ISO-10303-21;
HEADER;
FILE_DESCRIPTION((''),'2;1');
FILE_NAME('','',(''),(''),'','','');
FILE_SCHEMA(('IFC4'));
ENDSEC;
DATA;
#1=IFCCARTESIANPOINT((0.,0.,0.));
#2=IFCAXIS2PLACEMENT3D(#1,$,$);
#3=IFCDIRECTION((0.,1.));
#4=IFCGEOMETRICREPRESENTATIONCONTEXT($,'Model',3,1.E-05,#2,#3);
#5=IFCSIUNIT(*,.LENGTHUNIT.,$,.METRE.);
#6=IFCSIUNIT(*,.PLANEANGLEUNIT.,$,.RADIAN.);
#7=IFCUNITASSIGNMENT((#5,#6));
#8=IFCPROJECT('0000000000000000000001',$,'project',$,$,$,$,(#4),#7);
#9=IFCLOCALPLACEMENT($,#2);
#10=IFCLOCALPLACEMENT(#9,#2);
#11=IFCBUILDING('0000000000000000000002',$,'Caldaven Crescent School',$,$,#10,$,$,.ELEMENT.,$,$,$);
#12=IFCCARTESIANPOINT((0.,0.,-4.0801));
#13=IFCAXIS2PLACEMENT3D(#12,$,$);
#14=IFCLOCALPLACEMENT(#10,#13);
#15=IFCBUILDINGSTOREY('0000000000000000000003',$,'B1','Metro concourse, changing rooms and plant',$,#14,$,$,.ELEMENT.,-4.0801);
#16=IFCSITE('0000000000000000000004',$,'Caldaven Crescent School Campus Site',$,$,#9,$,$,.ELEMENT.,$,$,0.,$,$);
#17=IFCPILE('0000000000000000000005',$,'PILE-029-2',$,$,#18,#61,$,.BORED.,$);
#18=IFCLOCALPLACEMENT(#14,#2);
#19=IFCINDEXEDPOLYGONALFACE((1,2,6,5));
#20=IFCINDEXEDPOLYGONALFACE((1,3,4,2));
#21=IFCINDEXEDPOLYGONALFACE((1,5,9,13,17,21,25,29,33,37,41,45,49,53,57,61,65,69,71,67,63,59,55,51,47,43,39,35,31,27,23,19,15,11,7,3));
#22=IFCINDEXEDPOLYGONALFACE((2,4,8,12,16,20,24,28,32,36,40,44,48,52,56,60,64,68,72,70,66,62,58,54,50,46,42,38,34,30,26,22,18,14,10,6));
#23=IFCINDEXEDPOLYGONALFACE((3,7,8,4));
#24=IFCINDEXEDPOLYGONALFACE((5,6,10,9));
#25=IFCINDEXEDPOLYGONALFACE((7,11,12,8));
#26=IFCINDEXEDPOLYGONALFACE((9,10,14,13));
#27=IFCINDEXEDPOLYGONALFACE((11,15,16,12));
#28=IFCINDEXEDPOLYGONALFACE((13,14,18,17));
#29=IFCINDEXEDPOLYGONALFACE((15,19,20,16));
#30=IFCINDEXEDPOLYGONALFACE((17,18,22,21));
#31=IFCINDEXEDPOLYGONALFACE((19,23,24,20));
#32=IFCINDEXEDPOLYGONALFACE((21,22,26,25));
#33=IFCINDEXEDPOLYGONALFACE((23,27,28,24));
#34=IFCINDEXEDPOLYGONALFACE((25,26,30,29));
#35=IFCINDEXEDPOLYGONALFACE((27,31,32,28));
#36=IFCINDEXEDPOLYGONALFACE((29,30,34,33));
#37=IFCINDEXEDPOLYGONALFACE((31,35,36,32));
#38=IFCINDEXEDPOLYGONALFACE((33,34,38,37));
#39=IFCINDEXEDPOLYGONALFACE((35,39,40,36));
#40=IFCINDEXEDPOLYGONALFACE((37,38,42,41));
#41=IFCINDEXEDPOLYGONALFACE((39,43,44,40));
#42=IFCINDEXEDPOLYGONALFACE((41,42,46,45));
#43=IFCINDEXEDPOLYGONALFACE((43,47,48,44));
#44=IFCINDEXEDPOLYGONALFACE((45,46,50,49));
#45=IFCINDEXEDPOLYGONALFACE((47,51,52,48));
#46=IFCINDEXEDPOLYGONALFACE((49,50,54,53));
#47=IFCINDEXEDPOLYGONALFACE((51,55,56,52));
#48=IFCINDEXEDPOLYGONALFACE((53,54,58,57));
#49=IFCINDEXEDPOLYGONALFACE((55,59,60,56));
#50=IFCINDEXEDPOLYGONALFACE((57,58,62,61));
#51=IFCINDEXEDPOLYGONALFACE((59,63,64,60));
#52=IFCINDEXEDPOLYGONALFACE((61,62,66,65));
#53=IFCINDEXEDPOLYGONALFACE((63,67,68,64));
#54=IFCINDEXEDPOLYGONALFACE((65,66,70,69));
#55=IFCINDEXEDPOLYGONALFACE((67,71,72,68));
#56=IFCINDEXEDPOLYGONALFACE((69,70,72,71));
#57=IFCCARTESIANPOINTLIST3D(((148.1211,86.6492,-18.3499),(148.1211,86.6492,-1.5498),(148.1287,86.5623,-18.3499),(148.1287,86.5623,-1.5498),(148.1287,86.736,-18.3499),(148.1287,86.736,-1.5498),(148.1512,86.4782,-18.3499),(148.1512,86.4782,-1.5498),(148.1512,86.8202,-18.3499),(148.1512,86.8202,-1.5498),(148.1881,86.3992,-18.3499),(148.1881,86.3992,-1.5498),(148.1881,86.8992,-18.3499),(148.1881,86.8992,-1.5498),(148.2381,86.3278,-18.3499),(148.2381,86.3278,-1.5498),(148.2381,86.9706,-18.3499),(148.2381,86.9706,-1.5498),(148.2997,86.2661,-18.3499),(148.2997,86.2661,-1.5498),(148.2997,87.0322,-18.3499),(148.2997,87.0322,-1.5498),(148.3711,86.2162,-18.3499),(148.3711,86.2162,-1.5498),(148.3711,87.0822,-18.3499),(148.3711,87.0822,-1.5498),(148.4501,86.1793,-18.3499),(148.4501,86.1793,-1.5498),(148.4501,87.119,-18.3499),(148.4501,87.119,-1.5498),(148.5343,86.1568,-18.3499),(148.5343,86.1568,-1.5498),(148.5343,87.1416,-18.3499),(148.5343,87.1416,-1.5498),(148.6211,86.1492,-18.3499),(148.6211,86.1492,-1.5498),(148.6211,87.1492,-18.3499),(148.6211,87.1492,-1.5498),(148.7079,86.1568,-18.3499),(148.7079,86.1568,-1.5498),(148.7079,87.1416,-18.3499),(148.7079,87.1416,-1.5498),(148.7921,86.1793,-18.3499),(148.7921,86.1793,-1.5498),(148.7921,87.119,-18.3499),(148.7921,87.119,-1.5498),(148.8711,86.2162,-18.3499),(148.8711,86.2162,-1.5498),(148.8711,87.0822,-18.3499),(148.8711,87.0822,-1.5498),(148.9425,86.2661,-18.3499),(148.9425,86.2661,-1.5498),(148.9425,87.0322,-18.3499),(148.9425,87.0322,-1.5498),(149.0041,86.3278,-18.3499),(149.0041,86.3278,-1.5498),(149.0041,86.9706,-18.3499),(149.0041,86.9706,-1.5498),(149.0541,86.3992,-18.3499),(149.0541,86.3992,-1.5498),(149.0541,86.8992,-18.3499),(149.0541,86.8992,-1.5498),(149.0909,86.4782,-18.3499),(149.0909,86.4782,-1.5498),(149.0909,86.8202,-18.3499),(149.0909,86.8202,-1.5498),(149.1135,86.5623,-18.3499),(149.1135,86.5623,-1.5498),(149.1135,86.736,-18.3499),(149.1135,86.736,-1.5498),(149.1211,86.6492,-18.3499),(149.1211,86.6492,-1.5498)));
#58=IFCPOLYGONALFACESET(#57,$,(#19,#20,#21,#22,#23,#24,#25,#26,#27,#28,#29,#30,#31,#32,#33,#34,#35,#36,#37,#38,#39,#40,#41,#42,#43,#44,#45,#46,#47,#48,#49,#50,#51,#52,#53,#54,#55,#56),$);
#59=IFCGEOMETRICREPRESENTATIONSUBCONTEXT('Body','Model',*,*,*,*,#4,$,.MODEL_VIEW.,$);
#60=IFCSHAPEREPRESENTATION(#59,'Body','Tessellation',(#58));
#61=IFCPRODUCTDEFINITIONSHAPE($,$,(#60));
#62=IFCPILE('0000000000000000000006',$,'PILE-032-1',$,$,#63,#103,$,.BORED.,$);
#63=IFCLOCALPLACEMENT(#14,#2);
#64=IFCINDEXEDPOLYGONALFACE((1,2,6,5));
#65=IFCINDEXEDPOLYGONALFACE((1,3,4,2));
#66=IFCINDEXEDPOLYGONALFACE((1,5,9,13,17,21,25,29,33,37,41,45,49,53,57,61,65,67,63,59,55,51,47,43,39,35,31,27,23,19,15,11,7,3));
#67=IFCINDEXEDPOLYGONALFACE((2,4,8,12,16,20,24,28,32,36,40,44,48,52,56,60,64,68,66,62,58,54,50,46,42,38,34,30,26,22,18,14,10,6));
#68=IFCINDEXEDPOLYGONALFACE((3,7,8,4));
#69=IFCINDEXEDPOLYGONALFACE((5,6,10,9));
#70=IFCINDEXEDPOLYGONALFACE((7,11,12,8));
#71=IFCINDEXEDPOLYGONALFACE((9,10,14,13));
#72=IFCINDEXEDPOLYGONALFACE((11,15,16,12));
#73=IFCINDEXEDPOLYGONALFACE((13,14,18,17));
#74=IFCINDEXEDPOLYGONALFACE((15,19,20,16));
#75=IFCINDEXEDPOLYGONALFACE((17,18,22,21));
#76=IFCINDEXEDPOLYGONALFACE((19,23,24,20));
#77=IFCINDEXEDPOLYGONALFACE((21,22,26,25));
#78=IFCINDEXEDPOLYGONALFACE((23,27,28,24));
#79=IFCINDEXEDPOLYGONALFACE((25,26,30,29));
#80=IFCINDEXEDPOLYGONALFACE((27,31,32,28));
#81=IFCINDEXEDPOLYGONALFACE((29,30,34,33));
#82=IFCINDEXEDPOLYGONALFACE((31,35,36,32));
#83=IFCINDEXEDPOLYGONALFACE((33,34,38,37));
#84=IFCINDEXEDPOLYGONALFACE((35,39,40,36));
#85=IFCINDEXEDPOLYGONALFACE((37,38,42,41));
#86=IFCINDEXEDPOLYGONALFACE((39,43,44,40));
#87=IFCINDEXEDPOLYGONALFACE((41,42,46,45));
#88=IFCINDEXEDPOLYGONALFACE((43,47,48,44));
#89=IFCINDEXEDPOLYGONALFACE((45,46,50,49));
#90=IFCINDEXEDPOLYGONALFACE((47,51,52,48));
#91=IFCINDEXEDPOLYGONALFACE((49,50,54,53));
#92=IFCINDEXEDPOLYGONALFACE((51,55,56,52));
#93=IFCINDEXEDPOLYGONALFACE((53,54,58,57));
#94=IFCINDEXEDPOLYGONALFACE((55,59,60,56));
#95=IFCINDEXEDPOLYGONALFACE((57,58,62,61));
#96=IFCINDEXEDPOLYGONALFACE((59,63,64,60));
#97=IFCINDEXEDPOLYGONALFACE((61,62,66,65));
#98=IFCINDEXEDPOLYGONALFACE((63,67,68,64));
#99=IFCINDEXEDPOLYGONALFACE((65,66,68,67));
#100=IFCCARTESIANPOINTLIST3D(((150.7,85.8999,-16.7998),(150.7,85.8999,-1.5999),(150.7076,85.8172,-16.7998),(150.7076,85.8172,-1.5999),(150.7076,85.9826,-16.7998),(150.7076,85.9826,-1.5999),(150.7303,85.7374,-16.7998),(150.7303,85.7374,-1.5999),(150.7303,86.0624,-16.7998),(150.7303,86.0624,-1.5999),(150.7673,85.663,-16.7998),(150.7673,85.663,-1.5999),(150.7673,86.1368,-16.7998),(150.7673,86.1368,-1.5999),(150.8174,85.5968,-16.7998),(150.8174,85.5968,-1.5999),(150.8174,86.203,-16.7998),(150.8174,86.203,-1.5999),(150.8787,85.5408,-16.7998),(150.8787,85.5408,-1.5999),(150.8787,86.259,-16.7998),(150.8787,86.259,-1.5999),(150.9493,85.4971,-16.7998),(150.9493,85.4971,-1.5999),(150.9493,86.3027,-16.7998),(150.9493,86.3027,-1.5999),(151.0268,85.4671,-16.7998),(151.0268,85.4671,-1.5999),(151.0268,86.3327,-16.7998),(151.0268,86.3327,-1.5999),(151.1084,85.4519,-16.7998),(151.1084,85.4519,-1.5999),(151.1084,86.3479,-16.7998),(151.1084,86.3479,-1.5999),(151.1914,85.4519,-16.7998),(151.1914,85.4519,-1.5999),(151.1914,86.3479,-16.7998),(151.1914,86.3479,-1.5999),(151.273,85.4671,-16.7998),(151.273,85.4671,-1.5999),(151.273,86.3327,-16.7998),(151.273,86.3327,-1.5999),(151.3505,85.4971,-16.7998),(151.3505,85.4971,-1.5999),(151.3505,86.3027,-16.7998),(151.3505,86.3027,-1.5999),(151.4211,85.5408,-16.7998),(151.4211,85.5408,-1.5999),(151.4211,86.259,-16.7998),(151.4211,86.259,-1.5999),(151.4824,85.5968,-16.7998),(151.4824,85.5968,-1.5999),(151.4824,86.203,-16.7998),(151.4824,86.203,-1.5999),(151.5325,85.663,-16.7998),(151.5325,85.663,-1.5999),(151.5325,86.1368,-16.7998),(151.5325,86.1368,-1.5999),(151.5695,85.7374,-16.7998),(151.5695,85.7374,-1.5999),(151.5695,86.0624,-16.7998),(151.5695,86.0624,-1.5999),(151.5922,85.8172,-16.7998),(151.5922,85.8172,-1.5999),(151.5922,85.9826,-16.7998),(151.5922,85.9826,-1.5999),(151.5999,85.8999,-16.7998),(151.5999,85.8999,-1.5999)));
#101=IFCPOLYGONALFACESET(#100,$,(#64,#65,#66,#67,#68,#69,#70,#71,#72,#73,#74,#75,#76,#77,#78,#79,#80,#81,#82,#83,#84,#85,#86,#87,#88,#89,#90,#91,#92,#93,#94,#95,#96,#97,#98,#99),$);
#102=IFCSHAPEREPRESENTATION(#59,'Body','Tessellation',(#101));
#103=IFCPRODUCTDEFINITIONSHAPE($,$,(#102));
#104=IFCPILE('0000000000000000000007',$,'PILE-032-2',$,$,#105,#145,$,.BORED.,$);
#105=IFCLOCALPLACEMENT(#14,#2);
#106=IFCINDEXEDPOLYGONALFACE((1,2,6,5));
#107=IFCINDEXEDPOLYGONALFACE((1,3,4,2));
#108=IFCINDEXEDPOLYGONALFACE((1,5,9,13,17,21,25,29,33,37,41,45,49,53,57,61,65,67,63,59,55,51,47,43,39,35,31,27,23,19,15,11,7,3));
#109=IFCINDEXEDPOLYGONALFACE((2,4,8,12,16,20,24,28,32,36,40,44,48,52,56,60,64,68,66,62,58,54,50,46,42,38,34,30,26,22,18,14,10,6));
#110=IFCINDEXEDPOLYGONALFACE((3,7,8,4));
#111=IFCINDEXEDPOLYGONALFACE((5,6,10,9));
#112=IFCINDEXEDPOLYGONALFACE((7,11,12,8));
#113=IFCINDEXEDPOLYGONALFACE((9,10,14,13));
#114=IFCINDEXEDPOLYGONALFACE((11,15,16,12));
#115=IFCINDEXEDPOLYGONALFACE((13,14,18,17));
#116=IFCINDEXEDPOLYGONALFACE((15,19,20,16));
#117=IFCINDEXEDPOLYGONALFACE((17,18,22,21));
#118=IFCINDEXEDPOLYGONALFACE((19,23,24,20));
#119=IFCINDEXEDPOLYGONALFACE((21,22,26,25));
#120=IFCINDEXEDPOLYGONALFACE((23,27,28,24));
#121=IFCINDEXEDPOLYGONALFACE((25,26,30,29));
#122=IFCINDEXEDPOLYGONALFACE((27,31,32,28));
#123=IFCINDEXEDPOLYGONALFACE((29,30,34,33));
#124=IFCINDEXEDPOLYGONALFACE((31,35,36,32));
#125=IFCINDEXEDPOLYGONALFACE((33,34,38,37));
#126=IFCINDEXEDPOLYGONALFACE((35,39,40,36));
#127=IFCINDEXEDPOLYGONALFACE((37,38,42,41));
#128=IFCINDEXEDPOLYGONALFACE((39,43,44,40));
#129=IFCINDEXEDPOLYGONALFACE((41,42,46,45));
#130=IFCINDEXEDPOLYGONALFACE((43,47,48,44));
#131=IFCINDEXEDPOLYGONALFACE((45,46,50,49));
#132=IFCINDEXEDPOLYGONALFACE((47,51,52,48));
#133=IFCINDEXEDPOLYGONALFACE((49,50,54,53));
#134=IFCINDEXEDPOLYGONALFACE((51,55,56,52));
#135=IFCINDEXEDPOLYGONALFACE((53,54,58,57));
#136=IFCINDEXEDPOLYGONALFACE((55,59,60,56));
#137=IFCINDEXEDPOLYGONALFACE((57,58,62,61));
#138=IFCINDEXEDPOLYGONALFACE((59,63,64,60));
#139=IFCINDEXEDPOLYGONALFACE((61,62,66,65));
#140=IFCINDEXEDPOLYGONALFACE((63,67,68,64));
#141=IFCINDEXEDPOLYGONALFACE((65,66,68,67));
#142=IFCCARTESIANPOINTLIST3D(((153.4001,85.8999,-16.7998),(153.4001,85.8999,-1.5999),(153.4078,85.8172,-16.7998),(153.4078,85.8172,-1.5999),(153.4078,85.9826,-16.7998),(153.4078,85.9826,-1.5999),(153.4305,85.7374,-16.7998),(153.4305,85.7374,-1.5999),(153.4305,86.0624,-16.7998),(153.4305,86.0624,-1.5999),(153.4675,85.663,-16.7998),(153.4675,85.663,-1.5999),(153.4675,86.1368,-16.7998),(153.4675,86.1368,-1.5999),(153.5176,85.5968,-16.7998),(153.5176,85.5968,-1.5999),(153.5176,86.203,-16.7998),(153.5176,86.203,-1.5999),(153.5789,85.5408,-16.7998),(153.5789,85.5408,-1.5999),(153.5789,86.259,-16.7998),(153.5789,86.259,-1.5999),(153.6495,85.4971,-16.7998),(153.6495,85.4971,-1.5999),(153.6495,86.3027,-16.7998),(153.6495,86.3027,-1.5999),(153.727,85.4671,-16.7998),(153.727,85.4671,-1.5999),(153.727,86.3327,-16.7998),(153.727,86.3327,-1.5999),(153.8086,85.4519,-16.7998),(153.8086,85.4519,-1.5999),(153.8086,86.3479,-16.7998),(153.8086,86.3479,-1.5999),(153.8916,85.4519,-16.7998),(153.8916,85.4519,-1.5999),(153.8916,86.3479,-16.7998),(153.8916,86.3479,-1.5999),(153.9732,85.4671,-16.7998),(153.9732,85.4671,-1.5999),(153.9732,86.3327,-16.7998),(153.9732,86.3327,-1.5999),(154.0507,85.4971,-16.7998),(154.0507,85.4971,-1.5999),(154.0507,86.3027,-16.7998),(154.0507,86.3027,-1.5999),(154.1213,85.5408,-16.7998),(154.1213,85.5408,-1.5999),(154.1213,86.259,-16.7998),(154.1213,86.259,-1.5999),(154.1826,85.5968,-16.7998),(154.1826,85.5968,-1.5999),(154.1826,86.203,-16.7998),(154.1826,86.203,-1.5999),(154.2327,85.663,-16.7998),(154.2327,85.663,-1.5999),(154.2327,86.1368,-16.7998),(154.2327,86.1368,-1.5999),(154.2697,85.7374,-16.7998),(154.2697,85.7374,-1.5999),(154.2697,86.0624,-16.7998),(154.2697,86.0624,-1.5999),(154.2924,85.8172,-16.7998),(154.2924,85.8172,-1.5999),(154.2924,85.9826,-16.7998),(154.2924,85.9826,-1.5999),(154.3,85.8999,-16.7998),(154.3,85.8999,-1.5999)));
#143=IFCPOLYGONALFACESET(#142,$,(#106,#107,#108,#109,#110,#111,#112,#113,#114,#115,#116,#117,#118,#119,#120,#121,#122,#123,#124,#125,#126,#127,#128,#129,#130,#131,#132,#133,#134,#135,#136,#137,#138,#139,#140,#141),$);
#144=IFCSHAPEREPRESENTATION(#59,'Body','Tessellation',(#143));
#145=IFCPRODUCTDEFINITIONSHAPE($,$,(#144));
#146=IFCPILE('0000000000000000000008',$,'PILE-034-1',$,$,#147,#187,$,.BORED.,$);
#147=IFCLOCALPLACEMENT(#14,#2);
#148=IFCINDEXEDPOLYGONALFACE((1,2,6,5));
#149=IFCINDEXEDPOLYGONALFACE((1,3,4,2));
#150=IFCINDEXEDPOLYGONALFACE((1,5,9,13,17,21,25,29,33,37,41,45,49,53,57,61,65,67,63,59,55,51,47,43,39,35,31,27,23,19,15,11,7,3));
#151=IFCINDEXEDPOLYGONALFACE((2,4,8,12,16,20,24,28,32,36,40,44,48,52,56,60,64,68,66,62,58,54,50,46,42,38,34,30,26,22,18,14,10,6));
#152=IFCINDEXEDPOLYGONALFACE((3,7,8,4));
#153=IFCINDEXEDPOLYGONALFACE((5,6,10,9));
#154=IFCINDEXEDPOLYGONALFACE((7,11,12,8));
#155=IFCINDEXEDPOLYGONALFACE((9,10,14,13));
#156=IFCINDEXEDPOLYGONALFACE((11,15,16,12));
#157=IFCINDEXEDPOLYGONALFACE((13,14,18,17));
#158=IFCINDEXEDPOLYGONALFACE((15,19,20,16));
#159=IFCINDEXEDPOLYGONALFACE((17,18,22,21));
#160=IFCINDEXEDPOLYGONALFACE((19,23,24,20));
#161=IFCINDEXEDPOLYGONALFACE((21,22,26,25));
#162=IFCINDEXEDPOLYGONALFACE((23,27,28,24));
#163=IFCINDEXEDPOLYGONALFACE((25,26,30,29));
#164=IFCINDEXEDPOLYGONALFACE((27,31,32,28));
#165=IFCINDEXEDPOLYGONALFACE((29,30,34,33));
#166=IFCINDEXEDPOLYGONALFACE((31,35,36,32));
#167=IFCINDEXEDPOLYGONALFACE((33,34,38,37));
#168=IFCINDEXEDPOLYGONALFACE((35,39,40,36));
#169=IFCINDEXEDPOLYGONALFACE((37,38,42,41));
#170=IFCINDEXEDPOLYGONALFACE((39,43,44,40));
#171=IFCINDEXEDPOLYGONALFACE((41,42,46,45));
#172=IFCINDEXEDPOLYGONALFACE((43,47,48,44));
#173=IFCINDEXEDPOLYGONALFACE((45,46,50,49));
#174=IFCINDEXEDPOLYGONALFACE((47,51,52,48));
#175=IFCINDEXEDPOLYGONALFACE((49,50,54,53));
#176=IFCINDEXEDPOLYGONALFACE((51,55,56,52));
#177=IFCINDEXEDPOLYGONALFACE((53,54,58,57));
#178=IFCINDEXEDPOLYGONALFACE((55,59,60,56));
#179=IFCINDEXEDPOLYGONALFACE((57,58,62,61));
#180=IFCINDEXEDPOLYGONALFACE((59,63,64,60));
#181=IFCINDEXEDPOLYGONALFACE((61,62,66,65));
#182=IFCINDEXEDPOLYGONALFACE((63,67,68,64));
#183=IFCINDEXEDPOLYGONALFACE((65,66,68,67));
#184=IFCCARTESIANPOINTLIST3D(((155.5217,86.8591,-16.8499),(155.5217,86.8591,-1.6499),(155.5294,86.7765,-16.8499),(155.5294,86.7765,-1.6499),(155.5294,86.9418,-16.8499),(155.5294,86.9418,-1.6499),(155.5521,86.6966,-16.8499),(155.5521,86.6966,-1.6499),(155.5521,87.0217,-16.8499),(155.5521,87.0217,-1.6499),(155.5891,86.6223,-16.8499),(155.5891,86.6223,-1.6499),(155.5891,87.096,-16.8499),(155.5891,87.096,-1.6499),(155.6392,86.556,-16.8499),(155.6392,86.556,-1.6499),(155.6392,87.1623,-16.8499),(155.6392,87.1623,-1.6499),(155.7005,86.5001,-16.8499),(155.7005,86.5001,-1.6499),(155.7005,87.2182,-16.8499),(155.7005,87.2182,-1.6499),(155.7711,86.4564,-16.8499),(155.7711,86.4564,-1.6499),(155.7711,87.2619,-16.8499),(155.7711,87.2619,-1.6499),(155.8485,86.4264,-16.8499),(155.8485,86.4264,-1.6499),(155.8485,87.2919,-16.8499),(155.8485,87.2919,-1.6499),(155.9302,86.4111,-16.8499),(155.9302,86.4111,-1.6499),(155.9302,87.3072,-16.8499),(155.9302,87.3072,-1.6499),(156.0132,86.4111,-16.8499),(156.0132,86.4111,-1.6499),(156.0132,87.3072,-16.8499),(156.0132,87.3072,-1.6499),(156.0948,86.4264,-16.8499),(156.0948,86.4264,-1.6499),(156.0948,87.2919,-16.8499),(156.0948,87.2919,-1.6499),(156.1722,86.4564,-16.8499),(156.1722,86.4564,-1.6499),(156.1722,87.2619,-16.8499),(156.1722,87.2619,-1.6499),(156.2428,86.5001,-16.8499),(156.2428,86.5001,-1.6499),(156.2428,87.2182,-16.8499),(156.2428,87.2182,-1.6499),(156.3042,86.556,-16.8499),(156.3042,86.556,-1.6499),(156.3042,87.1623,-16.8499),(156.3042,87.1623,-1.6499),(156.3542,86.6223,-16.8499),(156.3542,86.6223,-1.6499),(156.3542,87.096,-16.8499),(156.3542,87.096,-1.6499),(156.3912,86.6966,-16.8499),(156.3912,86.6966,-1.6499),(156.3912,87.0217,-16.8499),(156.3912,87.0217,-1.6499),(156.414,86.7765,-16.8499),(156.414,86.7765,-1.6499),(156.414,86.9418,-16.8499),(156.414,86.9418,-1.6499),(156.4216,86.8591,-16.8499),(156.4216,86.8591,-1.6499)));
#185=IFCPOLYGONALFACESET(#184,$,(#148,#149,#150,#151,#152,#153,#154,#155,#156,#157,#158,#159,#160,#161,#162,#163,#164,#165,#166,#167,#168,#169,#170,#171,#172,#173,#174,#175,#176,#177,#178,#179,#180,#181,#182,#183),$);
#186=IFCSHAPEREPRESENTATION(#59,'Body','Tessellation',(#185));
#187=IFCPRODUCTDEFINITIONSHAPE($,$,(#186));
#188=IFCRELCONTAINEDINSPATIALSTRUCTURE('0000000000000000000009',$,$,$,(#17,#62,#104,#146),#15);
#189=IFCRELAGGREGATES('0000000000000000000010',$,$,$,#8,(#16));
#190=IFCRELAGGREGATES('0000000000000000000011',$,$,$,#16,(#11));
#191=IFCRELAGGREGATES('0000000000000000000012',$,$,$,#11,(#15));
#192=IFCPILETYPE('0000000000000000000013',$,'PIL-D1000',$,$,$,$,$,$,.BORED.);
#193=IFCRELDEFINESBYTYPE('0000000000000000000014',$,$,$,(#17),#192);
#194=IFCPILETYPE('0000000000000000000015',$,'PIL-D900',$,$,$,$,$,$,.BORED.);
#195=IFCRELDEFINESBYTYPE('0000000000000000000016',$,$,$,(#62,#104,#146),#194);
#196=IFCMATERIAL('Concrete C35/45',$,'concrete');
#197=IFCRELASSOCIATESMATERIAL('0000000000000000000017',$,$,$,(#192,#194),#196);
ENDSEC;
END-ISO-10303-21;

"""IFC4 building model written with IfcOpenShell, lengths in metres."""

from ifc_helpers import new_model, si_unit, direction, frame, origin, origin_2d, place, context, subcontext, project, spatial, circle, extrude, material, material_profile, profile_set, type_object, element, save


model = new_model("IFC4")

# Units and contexts
model_context = context("Model", 3, precision=1e-05, world=origin(), true_north=direction((0.0, 1.0)))
body_context = subcontext(model_context, "Body", "Model", "MODEL_VIEW")
ifc_project = project(units=[si_unit("LENGTHUNIT", "METRE"), si_unit("PLANEANGLEUNIT", "RADIAN")], contexts=[model_context])

# Site, building, storey
site_placement = place(None, origin())
site = spatial("IfcSite", under=ifc_project, at=site_placement, Name="Caldaven Crescent School Campus Site", CompositionType="ELEMENT", RefElevation=0.0)
building_placement = place(site_placement, origin())
building = spatial("IfcBuilding", under=site, at=building_placement, Name="Caldaven Crescent School", CompositionType="ELEMENT")
storey_placement = place(building_placement, frame((0.0, 0.0, -4.0801)))
storey = spatial("IfcBuildingStorey", under=building, at=storey_placement, Name="B1", Description="Metro concourse, changing rooms and plant", CompositionType="ELEMENT", Elevation=-4.0801)

# Shared definitions
ifc_material_1 = material(Name="Concrete C35/45", Category="concrete")

# Piles
ifc_material_profile_1 = material_profile(ifc_material_1, circle(Radius=0.5, at=origin_2d()), Name="PILE D1000")
ifc_profile_set_1 = profile_set([ifc_material_profile_1], Name="Concrete C35/45")
pile_type_1 = type_object("IfcPileType", Name="PIL-D1000", PredefinedType="BORED", material=ifc_profile_set_1)
for number, where, z_axis, x_axis, name in (
    (1, (148.6211, 86.6492, -1.5498), (0.0, 0.0, -1.0), (1.0, 0.0, 0.0), "PILE-029-2"),
):
    element("IfcPile", number, at=place(storey_placement, frame(where, z_axis=z_axis, x_axis=x_axis)), inside=storey, type_object=pile_type_1, Name=name, PredefinedType="BORED", context=body_context, shape_type="SweptSolid", body=[
        extrude(circle(Radius=0.5, at=origin_2d()), origin(), (0.0, 0.0, 1.0), 16.8),
    ])
ifc_material_profile_2 = material_profile(ifc_material_1, circle(Radius=0.45, at=origin_2d()), Name="PILE D900")
ifc_profile_set_2 = profile_set([ifc_material_profile_2], Name="Concrete C35/45")
pile_type_2 = type_object("IfcPileType", Name="PIL-D900", PredefinedType="BORED", material=ifc_profile_set_2)
for number, where, z_axis, x_axis, name in (
    (2, (151.1499, 85.8999, -1.5999), (0.0, 0.0, -1.0), (1.0, 0.0, 0.0), "PILE-032-1"),
    (3, (153.8501, 85.8999, -1.5999), (0.0, 0.0, -1.0), (1.0, 0.0, 0.0), "PILE-032-2"),
    (4, (155.9717, 86.8591, -1.6499), (0.0, 0.0, -1.0), (1.0, 0.0, 0.0), "PILE-034-1"),
):
    element("IfcPile", number, at=place(storey_placement, frame(where, z_axis=z_axis, x_axis=x_axis)), inside=storey, type_object=pile_type_2, Name=name, PredefinedType="BORED", context=body_context, shape_type="SweptSolid", body=[
        extrude(circle(Radius=0.45, at=origin_2d()), origin(), (0.0, 0.0, 1.0), 15.2),
    ])

save(model, "model.ifc")
